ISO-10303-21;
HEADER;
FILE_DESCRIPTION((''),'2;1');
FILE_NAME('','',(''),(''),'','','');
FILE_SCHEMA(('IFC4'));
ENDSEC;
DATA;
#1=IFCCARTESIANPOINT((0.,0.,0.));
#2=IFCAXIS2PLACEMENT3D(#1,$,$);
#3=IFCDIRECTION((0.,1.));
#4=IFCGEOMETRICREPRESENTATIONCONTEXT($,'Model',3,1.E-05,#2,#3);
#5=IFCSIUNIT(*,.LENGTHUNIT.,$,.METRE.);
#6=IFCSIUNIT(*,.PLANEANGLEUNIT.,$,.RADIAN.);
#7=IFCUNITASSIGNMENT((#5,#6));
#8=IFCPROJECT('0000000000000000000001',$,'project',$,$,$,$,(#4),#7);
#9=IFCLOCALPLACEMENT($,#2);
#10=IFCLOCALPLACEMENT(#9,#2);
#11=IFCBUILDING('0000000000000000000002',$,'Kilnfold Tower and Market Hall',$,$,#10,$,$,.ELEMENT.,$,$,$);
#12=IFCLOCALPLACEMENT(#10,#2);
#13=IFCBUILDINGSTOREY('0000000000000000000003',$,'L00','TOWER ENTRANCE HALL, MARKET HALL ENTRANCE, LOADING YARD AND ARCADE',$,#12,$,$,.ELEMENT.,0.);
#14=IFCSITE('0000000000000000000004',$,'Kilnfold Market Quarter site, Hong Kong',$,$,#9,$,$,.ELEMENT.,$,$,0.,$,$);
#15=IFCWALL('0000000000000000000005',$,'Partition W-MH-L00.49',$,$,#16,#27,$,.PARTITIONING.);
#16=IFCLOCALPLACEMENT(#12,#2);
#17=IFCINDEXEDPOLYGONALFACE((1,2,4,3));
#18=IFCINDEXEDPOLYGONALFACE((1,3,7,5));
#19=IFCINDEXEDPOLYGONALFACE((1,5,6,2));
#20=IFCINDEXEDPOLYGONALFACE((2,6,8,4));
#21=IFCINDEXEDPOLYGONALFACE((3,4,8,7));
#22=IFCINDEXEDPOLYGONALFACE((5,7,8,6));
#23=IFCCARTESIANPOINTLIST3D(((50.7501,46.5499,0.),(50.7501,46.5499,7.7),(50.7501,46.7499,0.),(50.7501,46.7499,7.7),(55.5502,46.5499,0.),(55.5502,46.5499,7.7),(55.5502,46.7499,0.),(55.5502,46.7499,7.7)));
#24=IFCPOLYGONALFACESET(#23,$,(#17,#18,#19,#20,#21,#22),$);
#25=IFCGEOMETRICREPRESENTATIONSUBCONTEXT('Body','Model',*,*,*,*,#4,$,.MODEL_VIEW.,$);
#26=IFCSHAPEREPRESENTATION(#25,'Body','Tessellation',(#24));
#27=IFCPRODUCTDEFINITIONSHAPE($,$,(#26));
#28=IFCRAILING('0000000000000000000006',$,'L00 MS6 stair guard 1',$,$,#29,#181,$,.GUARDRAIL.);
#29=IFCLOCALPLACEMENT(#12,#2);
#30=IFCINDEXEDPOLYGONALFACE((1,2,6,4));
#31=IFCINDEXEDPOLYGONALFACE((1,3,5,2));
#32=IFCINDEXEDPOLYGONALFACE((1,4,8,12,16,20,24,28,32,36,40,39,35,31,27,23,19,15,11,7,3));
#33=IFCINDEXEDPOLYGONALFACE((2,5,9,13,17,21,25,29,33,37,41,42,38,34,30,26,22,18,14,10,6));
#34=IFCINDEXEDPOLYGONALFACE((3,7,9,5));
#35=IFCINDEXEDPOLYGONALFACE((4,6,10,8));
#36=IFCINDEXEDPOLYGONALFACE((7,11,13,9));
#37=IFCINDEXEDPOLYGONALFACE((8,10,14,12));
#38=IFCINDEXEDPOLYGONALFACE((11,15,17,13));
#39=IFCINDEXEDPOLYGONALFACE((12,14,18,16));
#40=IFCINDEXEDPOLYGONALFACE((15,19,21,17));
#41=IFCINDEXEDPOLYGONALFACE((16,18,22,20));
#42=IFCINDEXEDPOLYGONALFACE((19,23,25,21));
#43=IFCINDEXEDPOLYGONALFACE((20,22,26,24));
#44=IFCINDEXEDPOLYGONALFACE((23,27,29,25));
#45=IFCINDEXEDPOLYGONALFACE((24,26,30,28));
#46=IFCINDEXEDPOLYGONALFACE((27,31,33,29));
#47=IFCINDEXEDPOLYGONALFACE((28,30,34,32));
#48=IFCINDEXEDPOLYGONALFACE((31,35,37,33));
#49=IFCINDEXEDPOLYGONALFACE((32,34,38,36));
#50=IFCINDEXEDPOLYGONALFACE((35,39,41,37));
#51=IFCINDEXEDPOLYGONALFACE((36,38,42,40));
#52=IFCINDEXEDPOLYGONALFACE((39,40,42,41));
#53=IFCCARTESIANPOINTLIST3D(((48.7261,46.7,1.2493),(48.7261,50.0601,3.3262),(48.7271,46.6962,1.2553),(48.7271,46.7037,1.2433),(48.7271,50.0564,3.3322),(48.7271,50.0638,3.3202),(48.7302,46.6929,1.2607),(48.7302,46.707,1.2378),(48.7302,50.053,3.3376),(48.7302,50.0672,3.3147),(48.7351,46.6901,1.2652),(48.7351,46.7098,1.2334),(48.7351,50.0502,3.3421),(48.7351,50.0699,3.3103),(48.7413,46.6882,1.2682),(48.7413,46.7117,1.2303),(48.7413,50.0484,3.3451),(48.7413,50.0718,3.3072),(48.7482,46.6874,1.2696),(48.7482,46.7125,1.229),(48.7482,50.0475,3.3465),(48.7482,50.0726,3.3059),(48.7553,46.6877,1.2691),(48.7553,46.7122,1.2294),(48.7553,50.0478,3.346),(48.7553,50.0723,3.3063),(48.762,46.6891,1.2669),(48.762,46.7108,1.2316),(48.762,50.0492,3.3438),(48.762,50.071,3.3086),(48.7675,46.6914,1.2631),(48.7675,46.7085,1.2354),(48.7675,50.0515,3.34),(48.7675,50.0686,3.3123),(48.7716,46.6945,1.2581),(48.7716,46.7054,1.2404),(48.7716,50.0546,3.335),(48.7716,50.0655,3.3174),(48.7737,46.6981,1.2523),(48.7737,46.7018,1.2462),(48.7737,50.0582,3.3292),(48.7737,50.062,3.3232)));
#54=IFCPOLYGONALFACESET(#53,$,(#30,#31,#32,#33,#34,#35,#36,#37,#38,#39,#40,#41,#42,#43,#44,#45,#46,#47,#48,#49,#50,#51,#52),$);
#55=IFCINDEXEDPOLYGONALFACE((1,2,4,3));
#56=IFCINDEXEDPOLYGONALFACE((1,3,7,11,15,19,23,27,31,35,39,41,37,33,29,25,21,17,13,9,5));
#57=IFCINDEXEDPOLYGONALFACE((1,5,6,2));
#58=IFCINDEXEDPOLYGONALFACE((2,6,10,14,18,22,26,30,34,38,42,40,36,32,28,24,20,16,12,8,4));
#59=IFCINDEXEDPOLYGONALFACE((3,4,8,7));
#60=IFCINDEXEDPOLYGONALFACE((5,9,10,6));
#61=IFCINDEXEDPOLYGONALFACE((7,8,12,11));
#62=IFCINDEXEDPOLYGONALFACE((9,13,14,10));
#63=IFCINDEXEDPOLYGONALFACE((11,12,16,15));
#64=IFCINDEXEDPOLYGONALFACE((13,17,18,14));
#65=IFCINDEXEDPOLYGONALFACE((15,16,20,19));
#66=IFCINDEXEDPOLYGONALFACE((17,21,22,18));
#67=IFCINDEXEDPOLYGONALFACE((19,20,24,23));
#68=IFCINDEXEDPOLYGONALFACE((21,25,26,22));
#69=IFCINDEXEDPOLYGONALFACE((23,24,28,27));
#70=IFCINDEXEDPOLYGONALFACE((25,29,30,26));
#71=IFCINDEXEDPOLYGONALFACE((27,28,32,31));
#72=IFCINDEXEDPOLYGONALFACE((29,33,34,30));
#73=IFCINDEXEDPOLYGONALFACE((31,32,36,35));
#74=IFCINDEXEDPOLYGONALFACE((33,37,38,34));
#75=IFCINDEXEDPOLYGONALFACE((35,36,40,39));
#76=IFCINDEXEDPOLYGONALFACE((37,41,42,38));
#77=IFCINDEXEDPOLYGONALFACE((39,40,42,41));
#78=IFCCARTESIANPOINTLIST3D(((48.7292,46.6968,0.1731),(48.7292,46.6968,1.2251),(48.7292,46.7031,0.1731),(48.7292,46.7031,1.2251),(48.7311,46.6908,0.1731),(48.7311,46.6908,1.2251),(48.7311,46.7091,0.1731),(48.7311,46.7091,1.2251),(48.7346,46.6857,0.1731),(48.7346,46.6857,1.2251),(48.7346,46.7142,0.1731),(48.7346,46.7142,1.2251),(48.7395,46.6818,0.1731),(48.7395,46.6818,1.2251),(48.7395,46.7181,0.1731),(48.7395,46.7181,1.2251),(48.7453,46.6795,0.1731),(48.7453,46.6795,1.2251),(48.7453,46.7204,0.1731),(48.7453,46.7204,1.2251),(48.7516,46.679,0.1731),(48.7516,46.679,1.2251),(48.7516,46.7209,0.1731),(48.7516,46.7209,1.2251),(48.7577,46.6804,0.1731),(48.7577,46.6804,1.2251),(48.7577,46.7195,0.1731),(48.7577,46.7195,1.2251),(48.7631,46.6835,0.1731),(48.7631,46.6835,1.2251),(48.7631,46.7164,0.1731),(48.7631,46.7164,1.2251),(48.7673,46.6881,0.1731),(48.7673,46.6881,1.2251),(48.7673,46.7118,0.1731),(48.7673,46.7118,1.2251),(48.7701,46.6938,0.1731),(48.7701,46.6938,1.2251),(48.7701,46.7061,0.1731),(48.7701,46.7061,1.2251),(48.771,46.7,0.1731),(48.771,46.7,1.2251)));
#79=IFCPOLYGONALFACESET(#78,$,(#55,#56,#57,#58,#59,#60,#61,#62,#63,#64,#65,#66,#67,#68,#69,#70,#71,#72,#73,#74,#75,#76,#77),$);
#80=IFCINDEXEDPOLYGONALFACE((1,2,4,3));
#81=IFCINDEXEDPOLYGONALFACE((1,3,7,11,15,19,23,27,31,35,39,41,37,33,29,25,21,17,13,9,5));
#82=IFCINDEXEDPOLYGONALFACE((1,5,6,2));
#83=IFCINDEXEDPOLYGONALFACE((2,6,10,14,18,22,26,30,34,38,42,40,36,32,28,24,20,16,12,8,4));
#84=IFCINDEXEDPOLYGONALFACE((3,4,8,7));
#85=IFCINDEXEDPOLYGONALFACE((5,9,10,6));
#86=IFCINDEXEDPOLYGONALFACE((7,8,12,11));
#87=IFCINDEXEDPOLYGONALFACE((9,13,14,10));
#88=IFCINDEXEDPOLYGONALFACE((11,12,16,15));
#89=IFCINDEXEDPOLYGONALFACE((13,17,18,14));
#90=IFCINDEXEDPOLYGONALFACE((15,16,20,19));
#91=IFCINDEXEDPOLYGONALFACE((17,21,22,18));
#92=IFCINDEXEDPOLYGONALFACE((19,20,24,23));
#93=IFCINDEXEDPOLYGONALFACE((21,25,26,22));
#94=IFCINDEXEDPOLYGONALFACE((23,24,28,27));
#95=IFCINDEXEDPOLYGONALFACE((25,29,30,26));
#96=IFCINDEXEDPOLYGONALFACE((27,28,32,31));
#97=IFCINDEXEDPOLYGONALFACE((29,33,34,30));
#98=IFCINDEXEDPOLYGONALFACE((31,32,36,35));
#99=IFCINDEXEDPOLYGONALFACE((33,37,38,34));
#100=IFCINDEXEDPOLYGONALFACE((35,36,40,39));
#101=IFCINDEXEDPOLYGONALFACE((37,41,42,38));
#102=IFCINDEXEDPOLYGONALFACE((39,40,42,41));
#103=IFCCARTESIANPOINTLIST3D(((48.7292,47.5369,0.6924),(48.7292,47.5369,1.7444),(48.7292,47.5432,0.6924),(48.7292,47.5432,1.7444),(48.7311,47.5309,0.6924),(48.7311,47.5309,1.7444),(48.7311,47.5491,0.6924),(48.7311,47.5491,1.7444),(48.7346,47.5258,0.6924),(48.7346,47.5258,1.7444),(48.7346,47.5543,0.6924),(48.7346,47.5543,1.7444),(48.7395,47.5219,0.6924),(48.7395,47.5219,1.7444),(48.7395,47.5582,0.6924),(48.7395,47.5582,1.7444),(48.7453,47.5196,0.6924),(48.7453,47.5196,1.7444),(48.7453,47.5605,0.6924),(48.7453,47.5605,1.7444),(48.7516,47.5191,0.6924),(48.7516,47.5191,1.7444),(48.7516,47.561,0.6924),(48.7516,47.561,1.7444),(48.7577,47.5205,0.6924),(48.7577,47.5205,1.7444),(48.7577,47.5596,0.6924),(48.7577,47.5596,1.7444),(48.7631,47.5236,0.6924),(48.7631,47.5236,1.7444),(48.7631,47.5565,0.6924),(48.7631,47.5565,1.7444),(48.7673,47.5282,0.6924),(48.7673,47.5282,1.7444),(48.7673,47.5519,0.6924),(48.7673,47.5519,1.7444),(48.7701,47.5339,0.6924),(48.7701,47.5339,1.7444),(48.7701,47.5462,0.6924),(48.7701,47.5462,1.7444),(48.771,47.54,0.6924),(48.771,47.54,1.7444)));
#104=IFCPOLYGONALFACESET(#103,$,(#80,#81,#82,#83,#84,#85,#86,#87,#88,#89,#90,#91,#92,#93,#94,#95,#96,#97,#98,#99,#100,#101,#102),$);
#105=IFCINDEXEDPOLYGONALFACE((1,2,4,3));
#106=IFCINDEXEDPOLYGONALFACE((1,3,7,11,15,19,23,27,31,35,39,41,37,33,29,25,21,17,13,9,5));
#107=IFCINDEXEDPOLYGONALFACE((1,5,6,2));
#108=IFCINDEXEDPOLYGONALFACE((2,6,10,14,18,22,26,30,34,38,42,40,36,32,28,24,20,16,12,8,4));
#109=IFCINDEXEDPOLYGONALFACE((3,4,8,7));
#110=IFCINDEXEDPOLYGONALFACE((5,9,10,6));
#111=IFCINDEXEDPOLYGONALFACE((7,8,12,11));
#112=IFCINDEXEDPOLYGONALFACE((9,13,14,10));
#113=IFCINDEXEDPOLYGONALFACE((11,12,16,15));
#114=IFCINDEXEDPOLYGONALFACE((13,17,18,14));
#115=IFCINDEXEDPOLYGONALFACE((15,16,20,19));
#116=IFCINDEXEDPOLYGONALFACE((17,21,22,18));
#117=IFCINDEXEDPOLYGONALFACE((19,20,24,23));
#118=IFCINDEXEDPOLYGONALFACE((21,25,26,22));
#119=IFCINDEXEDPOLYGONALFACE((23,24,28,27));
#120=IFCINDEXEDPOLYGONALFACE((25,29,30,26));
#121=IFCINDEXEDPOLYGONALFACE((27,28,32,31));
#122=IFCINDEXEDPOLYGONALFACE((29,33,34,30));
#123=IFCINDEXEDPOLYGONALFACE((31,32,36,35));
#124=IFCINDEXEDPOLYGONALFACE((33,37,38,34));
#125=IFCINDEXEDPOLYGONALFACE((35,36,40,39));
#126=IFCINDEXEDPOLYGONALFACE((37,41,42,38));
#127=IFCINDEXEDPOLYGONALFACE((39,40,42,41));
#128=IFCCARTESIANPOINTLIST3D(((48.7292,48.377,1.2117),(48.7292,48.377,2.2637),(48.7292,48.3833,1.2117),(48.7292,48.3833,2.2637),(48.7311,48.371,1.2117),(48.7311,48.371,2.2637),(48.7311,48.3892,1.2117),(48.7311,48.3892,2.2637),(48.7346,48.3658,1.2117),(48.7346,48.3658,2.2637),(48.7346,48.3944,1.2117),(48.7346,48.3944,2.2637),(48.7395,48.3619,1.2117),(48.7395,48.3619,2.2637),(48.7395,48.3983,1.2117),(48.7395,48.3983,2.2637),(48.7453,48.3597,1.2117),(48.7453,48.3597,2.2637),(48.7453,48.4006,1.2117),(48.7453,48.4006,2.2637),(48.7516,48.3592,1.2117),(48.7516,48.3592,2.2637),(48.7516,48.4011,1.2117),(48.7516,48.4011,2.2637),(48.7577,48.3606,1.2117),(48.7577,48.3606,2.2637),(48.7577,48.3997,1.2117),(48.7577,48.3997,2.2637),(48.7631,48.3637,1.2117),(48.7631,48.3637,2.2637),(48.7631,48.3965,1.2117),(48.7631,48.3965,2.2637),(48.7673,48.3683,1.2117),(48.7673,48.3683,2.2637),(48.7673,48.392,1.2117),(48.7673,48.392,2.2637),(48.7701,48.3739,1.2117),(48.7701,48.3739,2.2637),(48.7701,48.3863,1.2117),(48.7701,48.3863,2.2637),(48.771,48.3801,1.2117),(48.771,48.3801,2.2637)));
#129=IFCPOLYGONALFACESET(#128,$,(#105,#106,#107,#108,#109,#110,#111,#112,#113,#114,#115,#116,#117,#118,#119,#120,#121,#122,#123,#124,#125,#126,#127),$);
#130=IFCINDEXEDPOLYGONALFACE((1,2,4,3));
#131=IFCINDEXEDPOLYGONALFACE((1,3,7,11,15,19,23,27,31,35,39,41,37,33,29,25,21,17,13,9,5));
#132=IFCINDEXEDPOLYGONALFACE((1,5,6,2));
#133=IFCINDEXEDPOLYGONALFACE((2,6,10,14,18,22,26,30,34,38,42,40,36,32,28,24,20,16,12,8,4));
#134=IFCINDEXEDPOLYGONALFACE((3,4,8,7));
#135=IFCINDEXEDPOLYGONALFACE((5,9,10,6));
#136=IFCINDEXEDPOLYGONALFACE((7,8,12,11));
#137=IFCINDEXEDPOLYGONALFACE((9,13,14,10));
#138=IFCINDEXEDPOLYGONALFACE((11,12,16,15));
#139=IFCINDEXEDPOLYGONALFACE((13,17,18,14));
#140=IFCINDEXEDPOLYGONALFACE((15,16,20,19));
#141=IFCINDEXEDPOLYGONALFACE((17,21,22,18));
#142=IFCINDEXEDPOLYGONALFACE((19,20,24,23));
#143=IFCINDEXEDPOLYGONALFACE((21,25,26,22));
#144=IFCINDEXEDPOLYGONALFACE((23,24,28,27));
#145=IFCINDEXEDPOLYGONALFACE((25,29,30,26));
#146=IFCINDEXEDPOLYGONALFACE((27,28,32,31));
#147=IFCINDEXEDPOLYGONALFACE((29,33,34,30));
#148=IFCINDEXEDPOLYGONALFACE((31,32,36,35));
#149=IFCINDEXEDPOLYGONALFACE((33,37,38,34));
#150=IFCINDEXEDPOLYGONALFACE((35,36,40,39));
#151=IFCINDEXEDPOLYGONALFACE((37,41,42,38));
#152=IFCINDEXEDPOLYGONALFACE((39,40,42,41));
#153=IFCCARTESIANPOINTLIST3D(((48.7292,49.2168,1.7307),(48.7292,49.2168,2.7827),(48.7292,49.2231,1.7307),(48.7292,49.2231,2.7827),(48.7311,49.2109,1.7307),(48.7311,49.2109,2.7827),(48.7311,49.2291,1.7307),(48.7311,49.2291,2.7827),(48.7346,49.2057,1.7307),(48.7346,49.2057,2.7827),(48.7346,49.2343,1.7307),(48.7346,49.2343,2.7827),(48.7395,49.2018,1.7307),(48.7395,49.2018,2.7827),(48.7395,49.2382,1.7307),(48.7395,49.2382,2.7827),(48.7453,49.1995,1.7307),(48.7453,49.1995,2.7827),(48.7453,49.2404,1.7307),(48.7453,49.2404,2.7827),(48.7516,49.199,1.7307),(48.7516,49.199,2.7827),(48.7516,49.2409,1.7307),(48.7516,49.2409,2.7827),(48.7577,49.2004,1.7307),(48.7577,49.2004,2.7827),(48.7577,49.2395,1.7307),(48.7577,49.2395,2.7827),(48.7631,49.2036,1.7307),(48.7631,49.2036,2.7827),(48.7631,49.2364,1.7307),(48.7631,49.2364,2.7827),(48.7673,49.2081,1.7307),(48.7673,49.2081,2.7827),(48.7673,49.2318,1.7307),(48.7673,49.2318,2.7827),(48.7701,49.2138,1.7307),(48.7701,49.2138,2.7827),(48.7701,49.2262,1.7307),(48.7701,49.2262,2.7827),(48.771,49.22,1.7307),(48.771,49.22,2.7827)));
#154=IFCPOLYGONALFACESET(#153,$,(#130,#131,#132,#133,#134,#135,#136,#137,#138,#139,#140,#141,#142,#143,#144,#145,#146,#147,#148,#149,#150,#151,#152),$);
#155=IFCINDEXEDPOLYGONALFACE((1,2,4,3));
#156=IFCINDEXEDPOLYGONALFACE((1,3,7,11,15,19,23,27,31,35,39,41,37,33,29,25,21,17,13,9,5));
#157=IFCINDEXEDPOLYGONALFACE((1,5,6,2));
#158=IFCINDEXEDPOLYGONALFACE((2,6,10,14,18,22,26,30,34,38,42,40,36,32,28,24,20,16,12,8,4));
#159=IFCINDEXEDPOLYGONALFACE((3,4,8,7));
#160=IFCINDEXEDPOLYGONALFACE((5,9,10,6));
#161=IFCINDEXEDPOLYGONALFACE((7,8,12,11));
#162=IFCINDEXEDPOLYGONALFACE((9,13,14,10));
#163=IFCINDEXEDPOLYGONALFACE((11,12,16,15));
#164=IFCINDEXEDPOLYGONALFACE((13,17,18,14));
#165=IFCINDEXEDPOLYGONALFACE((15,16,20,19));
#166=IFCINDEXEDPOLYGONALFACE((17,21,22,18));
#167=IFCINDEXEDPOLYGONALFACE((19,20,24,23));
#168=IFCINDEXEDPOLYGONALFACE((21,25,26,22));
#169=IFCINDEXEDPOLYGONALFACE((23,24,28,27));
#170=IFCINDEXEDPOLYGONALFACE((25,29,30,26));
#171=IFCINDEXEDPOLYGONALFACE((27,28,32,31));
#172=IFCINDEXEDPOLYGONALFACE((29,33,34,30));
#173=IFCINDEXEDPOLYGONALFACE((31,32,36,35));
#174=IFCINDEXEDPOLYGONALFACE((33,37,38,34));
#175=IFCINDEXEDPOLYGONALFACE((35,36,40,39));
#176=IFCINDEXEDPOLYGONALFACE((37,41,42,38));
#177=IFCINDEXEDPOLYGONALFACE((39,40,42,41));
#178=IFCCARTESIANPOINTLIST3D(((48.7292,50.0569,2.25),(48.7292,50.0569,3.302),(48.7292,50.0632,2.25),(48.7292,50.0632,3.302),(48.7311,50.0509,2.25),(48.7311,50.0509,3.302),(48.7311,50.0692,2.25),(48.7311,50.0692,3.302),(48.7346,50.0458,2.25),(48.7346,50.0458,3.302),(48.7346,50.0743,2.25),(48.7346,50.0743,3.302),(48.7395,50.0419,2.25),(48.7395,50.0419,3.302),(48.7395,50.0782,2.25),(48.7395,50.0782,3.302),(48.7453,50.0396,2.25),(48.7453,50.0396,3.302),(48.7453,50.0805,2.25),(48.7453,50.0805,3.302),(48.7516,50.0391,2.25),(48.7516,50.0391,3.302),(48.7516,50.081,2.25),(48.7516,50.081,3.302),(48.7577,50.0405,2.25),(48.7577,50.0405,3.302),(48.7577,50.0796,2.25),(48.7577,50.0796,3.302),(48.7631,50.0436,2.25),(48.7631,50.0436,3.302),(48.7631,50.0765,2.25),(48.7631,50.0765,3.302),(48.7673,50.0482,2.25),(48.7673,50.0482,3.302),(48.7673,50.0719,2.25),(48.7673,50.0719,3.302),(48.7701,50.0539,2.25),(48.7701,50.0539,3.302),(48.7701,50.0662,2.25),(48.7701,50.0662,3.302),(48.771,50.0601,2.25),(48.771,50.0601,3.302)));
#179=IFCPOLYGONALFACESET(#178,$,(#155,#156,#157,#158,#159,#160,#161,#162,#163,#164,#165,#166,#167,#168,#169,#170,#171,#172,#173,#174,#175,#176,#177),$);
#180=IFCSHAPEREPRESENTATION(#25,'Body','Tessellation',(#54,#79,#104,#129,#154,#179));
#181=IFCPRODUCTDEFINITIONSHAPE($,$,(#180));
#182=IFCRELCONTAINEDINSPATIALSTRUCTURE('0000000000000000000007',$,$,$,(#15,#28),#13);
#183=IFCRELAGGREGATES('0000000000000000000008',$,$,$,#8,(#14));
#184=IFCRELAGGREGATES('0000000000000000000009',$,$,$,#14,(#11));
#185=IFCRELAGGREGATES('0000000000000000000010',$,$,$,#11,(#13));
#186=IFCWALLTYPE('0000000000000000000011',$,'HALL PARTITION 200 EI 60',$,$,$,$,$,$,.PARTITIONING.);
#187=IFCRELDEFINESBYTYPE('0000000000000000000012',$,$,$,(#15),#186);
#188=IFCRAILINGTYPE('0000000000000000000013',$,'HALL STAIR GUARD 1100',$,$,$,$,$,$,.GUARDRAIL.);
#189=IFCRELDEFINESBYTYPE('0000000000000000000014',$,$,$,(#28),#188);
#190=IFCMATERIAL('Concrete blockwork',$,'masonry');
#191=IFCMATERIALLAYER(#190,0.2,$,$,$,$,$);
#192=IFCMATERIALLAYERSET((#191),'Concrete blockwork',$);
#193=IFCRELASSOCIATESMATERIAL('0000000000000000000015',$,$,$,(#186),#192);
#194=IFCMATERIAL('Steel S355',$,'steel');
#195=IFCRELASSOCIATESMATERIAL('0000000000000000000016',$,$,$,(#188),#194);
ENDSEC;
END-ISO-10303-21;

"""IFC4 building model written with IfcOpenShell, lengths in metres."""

from ifc_helpers import new_model, si_unit, direction, frame, frame_2d, origin, origin_2d, place, context, subcontext, project, spatial, rectangle, circle, extrude, source, transform, mapped, material, layer, layer_set, type_object, element, save


model = new_model("IFC4")

# Units and contexts
model_context = context("Model", 3, precision=1e-05, world=origin(), true_north=direction((0.0, 1.0)))
body_context = subcontext(model_context, "Body", "Model", "MODEL_VIEW")
ifc_project = project(units=[si_unit("LENGTHUNIT", "METRE"), si_unit("PLANEANGLEUNIT", "RADIAN")], contexts=[model_context])

# Site, building, storey
site_placement = place(None, origin())
site = spatial("IfcSite", under=ifc_project, at=site_placement, Name="Kilnfold Market Quarter site, Hong Kong", CompositionType="ELEMENT", RefElevation=0.0)
building_placement = place(site_placement, origin())
building = spatial("IfcBuilding", under=site, at=building_placement, Name="Kilnfold Tower and Market Hall", CompositionType="ELEMENT")
storey_placement = place(building_placement, origin())
storey = spatial("IfcBuildingStorey", under=building, at=storey_placement, Name="L00", Description="TOWER ENTRANCE HALL, MARKET HALL ENTRANCE, LOADING YARD AND ARCADE", CompositionType="ELEMENT", Elevation=0.0)

# Wall
ifc_material_1 = material(Name="Concrete blockwork", Category="masonry")
ifc_layer_1 = layer(ifc_material_1, 0.2)
ifc_layer_set_1 = layer_set([ifc_layer_1], Name="Concrete blockwork")
wall_type_1 = type_object("IfcWallType", Name="HALL PARTITION 200 EI 60", PredefinedType="PARTITIONING", material=ifc_layer_set_1)
shared_shape_1 = source(origin(), body_context, "Body", "SweptSolid", [
    extrude(rectangle(XDim=4.8, YDim=0.2, at=frame_2d((2.3999, 0.0))), origin(), (0.0, 0.0, 1.0), 7.7),
])
for number, where, z_axis, x_axis, name in (
    (1, (55.55, 46.6499, 0.0), (0.0, 0.0, 1.0), (-1.0, 0.0, 0.0), "Partition W-MH-L00.49"),
):
    element("IfcWall", number, at=place(storey_placement, frame(where, z_axis=z_axis, x_axis=x_axis)), inside=storey, type_object=wall_type_1, Name=name, PredefinedType="PARTITIONING", context=body_context, shape_type="MappedRepresentation", body=[
        mapped(shared_shape_1, transform((0.0, 0.0, 0.0))),
    ])

# Railing
ifc_material_2 = material(Name="Steel S355", Category="steel")
railing_type_1 = type_object("IfcRailingType", Name="HALL STAIR GUARD 1100", PredefinedType="GUARDRAIL", material=ifc_material_2)
railing_1_placement = place(storey_placement, frame((48.75, 46.7, 0.1731)))
element("IfcRailing", 2, at=railing_1_placement, inside=storey, type_object=railing_type_1, Name="L00 MS6 stair guard 1", PredefinedType="GUARDRAIL", context=body_context, shape_type="SweptSolid", body=[
    extrude(circle(Radius=0.0239, at=origin_2d()), frame((0.0, 0.0, 1.0762), z_axis=(0.0, 0.850623, 0.525776), x_axis=(-1.0, 0.0, 0.0)), (0.0, 0.0, 1.0), 3.9502),
    extrude(circle(Radius=0.021, at=origin_2d()), origin(), (0.0, 0.0, 1.0), 1.052),
    extrude(circle(Radius=0.021, at=origin_2d()), frame((0.0, 0.8401, 0.5193)), (0.0, 0.0, 1.0), 1.052),
    extrude(circle(Radius=0.021, at=origin_2d()), frame((0.0, 1.6802, 1.0386)), (0.0, 0.0, 1.0), 1.052),
    extrude(circle(Radius=0.021, at=origin_2d()), frame((0.0, 2.52, 1.5576)), (0.0, 0.0, 1.0), 1.052),
    extrude(circle(Radius=0.021, at=origin_2d()), frame((0.0, 3.3601, 2.0769)), (0.0, 0.0, 1.0), 1.052),
])

save(model, "model.ifc")
